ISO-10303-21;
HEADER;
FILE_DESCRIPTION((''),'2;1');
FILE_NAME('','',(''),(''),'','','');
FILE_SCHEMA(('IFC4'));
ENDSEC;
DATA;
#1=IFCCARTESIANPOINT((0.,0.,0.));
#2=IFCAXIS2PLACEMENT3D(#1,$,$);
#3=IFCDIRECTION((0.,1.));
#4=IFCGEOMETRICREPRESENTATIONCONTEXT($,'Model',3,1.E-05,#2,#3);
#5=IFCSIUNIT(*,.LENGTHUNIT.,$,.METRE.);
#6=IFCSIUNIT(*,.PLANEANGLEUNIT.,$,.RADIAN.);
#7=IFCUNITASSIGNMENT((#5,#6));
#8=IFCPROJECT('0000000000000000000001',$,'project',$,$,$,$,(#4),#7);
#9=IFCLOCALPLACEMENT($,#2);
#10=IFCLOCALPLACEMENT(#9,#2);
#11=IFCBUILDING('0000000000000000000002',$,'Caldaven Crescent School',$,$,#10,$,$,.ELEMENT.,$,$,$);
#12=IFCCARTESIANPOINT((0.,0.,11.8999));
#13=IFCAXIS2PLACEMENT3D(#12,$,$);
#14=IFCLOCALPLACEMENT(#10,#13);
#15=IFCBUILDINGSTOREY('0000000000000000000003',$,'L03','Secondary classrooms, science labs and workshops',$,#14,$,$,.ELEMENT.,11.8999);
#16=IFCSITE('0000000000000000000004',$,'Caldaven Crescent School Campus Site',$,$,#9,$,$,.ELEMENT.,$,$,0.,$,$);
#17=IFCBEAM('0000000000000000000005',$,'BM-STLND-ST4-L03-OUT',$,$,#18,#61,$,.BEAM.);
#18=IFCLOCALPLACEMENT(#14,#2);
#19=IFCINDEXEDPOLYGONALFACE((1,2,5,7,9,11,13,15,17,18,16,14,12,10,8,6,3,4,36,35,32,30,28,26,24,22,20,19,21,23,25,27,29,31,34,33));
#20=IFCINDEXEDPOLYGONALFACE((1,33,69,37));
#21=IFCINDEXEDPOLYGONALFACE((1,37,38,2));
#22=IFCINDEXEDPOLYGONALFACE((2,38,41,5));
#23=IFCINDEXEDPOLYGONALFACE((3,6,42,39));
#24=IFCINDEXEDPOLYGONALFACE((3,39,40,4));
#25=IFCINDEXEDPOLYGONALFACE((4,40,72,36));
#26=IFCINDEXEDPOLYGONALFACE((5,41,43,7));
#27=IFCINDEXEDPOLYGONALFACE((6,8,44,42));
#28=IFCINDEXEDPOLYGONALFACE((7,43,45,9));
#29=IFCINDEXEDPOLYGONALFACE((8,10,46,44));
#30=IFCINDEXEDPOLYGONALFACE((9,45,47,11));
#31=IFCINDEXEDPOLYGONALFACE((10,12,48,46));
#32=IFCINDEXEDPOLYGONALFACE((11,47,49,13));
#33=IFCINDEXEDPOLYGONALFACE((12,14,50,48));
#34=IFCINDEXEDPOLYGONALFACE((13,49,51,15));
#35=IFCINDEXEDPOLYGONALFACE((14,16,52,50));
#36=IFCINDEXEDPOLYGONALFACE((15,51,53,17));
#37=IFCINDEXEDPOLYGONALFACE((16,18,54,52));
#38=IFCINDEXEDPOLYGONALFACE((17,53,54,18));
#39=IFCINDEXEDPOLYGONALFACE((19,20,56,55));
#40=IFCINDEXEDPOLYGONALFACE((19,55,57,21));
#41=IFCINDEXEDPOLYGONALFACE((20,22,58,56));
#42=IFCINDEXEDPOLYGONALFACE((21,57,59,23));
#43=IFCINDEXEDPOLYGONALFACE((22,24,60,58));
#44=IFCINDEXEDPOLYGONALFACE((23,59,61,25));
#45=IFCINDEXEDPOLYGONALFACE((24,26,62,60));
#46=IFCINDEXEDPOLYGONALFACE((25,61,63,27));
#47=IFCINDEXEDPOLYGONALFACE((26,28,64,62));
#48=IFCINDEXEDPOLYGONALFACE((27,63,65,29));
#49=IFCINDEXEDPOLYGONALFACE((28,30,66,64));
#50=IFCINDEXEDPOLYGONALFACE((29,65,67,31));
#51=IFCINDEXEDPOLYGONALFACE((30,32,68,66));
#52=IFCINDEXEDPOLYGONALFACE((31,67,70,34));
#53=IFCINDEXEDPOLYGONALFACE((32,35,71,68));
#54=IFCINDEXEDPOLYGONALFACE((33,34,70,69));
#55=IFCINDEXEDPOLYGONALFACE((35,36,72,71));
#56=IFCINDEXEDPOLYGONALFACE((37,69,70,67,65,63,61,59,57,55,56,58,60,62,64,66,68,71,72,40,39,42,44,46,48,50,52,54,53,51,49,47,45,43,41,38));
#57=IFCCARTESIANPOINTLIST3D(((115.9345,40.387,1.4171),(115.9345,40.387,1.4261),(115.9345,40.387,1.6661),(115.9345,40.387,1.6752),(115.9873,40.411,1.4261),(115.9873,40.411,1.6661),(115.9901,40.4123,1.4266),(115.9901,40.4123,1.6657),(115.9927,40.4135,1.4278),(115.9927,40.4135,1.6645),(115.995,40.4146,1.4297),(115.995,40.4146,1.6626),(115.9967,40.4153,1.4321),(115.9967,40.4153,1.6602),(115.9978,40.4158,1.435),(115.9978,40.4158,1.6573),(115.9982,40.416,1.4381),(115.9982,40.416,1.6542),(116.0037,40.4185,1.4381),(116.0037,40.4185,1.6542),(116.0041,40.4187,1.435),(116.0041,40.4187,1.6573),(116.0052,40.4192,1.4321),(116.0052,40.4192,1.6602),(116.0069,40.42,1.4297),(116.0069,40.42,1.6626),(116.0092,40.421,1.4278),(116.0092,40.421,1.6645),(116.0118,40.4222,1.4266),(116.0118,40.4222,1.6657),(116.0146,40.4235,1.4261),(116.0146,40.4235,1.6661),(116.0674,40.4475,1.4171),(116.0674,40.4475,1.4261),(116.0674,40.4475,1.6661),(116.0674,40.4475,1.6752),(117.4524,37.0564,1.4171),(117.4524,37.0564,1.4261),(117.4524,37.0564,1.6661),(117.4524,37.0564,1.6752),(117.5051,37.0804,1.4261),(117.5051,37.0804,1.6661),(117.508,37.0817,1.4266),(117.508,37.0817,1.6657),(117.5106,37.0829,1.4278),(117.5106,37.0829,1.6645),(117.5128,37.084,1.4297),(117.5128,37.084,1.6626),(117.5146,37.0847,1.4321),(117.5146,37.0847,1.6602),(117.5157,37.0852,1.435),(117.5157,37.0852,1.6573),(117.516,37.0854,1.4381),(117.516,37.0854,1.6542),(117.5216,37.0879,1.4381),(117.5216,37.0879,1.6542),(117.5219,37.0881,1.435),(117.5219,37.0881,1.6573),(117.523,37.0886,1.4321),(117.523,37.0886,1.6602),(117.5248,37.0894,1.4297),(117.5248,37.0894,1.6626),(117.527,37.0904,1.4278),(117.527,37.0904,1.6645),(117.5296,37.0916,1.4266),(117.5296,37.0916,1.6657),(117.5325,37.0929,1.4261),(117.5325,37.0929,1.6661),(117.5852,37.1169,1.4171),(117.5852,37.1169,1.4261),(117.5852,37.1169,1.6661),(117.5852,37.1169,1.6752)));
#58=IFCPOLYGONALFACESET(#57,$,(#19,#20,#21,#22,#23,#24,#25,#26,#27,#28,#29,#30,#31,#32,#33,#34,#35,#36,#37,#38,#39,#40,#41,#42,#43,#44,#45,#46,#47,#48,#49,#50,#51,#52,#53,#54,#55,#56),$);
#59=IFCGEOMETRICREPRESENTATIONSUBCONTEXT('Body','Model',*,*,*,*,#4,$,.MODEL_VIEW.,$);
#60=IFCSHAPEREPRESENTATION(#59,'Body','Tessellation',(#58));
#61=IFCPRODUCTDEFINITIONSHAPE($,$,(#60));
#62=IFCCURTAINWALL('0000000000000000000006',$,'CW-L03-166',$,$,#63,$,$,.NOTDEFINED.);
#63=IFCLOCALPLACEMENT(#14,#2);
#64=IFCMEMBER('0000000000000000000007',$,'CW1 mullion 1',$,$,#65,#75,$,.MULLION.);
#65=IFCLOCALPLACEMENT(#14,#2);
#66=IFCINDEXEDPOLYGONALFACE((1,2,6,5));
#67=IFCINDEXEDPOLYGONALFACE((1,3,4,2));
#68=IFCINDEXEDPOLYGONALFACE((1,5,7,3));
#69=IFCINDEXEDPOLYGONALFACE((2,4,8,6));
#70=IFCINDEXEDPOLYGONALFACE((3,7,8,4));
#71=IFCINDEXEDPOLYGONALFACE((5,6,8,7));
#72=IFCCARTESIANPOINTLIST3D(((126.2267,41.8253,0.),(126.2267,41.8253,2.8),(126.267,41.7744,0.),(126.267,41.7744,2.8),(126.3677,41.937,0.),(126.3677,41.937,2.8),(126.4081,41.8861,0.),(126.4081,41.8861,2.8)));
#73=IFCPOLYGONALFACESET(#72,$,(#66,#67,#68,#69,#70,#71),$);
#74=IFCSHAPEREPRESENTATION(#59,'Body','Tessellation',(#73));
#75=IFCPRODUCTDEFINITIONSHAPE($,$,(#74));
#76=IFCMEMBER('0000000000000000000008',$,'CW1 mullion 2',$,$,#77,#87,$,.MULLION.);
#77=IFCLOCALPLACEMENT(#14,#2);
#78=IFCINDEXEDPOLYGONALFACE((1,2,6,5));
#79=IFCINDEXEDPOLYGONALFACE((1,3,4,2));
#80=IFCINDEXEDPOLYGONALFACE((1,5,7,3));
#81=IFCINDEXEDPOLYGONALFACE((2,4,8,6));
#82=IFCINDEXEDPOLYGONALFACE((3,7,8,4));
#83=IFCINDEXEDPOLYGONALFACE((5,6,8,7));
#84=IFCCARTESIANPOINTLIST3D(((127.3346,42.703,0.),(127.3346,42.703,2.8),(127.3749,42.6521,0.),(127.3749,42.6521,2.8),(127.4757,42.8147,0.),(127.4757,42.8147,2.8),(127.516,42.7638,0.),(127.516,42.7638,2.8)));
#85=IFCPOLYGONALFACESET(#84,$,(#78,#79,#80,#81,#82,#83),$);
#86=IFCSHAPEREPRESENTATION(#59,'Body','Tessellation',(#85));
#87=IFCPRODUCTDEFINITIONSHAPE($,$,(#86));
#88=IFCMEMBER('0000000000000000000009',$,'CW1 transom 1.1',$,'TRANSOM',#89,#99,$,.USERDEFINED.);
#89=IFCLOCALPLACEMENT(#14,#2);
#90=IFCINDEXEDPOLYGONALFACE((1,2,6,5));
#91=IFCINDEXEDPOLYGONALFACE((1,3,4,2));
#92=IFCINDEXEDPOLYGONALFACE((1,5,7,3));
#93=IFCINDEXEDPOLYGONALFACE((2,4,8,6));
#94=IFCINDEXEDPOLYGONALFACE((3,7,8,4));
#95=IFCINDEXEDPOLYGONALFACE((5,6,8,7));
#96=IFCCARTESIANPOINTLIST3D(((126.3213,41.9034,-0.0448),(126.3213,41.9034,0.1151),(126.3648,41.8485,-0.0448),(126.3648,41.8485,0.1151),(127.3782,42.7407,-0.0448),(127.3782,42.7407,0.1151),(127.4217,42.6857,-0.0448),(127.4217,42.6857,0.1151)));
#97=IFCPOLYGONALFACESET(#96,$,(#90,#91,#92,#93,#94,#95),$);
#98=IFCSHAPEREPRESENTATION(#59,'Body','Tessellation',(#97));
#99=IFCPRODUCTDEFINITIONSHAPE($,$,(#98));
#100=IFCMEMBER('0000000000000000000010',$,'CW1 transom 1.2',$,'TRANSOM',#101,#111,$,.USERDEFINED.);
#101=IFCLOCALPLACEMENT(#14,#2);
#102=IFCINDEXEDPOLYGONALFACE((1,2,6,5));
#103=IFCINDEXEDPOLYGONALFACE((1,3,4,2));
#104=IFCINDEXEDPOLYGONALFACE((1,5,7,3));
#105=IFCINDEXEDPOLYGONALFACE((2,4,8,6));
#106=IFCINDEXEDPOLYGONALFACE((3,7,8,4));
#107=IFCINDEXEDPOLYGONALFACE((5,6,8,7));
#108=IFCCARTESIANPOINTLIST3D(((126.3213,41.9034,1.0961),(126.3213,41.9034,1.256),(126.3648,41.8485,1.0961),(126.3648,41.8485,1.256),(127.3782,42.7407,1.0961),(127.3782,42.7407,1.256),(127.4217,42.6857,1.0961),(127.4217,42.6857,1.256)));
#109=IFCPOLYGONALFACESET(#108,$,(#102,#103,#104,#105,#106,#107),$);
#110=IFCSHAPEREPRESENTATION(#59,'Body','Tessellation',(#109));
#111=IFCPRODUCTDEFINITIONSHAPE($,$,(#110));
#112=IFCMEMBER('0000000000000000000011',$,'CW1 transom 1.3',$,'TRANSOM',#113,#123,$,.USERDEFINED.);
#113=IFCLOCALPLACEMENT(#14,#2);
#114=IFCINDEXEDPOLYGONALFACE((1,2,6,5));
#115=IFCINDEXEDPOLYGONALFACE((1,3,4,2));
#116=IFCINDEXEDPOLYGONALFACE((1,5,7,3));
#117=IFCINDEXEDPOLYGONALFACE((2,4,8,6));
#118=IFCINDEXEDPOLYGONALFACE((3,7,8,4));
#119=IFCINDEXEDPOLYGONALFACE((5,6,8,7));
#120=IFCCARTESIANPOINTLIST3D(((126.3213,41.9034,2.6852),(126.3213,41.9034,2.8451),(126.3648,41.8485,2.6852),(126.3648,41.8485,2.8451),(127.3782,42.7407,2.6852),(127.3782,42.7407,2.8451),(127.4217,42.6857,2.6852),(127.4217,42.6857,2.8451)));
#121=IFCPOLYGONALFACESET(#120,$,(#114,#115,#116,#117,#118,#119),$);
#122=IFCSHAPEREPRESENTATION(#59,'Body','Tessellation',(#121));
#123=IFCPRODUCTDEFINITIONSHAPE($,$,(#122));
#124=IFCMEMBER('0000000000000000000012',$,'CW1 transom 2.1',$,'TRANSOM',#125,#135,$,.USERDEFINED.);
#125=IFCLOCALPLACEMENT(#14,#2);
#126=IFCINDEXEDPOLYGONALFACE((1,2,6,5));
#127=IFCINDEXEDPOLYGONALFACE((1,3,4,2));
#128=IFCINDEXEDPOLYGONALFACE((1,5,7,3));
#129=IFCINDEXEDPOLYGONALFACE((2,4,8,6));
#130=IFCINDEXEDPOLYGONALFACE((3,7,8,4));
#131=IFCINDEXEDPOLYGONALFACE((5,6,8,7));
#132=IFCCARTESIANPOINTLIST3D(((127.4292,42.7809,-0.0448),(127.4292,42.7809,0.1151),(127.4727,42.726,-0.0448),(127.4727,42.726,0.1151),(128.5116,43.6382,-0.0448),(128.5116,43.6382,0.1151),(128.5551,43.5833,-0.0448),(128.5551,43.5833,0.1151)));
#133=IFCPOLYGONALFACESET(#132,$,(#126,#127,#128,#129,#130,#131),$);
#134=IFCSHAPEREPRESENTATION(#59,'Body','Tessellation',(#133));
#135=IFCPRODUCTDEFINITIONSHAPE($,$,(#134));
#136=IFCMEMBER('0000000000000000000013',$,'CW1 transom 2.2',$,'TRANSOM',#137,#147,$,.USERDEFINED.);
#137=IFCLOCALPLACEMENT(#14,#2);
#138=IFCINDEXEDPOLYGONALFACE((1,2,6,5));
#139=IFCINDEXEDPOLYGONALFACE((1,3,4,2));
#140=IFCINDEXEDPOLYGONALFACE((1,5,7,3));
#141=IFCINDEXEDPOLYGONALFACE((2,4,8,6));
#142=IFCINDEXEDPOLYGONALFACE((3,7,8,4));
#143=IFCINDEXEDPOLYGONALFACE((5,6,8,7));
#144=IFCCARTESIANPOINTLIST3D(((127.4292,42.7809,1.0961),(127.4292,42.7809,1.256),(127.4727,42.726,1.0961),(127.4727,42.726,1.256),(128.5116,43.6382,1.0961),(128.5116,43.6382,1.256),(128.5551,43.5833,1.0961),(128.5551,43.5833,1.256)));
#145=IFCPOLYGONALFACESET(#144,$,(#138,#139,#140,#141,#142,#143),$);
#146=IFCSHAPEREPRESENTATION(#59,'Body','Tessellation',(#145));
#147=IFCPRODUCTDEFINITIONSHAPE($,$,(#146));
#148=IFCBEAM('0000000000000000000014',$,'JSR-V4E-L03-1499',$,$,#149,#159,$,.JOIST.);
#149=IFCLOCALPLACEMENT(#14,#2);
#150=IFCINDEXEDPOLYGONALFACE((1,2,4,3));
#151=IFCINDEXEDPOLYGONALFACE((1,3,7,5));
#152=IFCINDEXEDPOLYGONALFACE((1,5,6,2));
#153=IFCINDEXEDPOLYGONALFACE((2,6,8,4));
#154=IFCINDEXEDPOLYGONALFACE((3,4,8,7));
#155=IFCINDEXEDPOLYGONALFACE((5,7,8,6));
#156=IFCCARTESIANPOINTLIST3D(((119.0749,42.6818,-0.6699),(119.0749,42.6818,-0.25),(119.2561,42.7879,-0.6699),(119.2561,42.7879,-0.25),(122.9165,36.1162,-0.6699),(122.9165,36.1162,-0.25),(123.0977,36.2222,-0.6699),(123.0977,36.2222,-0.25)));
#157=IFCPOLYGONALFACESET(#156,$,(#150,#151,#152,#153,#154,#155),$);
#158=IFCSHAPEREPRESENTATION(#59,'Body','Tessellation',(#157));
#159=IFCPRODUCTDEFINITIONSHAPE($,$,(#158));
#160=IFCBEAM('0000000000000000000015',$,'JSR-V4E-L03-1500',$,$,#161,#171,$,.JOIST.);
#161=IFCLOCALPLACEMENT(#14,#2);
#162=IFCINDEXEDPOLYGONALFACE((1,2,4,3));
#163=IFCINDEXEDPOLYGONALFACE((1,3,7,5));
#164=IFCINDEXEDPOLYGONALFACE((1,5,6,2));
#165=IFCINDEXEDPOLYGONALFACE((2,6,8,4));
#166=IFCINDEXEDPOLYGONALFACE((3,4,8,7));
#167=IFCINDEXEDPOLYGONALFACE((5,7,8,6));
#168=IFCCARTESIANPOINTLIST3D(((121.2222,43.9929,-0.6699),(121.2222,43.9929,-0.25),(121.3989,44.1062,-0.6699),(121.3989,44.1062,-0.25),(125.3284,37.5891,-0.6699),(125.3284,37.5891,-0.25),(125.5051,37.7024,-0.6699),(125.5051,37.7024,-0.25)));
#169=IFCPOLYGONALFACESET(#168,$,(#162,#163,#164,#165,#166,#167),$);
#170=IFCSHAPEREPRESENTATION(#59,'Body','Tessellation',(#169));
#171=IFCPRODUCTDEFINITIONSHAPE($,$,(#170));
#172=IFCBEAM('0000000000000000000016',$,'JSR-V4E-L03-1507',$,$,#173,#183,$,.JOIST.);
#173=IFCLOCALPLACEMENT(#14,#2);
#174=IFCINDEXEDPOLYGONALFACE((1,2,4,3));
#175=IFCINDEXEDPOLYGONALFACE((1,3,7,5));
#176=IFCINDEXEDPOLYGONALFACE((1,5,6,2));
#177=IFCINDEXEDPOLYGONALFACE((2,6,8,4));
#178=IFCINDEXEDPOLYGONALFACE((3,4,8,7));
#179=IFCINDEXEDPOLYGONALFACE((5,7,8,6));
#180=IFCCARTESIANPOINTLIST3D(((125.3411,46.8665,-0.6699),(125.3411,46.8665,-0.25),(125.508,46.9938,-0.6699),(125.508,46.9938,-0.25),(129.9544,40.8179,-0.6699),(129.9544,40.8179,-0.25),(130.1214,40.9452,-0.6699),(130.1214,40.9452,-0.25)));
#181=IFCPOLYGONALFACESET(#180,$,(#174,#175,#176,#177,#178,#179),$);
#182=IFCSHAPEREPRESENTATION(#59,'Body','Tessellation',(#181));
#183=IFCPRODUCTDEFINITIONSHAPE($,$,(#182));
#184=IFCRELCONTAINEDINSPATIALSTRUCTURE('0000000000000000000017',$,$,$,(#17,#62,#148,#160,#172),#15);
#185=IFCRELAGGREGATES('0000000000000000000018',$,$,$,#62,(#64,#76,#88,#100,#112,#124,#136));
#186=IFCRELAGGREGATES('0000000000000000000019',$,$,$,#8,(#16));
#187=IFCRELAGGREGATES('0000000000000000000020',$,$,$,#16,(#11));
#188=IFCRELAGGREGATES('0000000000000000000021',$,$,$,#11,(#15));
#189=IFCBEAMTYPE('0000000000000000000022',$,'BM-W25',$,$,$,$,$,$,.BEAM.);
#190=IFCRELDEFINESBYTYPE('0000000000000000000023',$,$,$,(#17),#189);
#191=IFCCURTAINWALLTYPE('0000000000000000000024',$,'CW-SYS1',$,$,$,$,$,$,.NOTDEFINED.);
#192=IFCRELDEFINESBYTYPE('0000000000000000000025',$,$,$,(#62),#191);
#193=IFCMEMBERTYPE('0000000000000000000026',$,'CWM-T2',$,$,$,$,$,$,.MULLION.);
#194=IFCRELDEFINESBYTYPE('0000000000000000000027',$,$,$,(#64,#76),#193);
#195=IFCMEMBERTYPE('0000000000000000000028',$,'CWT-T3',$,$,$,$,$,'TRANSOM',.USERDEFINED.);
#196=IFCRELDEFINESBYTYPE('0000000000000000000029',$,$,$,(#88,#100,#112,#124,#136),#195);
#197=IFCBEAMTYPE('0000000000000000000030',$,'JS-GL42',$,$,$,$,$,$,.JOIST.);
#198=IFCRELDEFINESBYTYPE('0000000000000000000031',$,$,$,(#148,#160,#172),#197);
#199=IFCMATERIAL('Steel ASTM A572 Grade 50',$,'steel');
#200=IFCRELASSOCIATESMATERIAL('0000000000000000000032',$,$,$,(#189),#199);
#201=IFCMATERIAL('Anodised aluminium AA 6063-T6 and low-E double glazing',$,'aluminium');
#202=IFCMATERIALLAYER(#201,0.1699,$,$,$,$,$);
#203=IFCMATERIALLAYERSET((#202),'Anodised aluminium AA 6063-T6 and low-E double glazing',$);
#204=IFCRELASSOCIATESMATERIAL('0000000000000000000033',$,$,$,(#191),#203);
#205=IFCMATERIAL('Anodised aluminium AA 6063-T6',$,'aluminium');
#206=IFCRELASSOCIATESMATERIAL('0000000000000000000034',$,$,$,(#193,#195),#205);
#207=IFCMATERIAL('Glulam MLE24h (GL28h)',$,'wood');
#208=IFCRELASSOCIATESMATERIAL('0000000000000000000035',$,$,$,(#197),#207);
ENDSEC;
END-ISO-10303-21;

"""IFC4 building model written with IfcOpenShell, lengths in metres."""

from ifc_helpers import new_model, si_unit, direction, frame, origin, origin_2d, place, context, subcontext, project, spatial, rectangle, i_section, extrude, material, layer, layer_set, material_profile, profile_set, type_object, element, aggregate, save


model = new_model("IFC4")

# Units and contexts
model_context = context("Model", 3, precision=1e-05, world=origin(), true_north=direction((0.0, 1.0)))
body_context = subcontext(model_context, "Body", "Model", "MODEL_VIEW")
ifc_project = project(units=[si_unit("LENGTHUNIT", "METRE"), si_unit("PLANEANGLEUNIT", "RADIAN")], contexts=[model_context])

# Site, building, storey
site_placement = place(None, origin())
site = spatial("IfcSite", under=ifc_project, at=site_placement, Name="Caldaven Crescent School Campus Site", CompositionType="ELEMENT", RefElevation=0.0)
building_placement = place(site_placement, origin())
building = spatial("IfcBuilding", under=site, at=building_placement, Name="Caldaven Crescent School", CompositionType="ELEMENT")
storey_placement = place(building_placement, frame((0.0, 0.0, 11.8999)))
storey = spatial("IfcBuildingStorey", under=building, at=storey_placement, Name="L03", Description="Secondary classrooms, science labs and workshops", CompositionType="ELEMENT", Elevation=11.8999)

# Shared definitions
ifc_material_1 = material(Name="Glulam MLE24h (GL28h)", Category="wood")
ifc_material_2 = material(Name="Steel ASTM A572 Grade 50", Category="steel")

# Beam
ifc_material_profile_1 = material_profile(ifc_material_2, i_section(OverallWidth=0.146, OverallDepth=0.2581, WebThickness=0.0061, FlangeThickness=0.009, FilletRadius=0.012, at=origin_2d()), Name="W250x33")
ifc_profile_set_1 = profile_set([ifc_material_profile_1], Name="Steel ASTM A572 Grade 50")
beam_type_1 = type_object("IfcBeamType", Name="BM-W25", PredefinedType="BEAM", material=ifc_profile_set_1)
beam_1_placement = place(storey_placement, frame((117.5188, 37.0867, 1.5461), z_axis=(-0.414692, 0.909962, 0.0), x_axis=(-0.909962, -0.414692, 0.0)))
element("IfcBeam", 1, at=beam_1_placement, inside=storey, type_object=beam_type_1, Name="BM-STLND-ST4-L03-OUT", PredefinedType="BEAM", context=body_context, shape_type="SweptSolid", body=[
    extrude(i_section(OverallWidth=0.146, OverallDepth=0.2581, WebThickness=0.0061, FlangeThickness=0.009, FilletRadius=0.012, at=origin_2d()), origin(), (0.0, 0.0, 1.0), 3.6602),
])

# Curtain wall, members
ifc_material_3 = material(Name="Anodised aluminium AA 6063-T6 and low-E double glazing", Category="aluminium")
ifc_layer_1 = layer(ifc_material_3, 0.1699)
ifc_layer_set_1 = layer_set([ifc_layer_1], Name="Anodised aluminium AA 6063-T6 and low-E double glazing")
curtain_wall_type = type_object("IfcCurtainWallType", Name="CW-SYS1", PredefinedType="NOTDEFINED", material=ifc_layer_set_1)
curtain_wall_placement = place(storey_placement, origin())
curtain_wall = element("IfcCurtainWall", 2, at=curtain_wall_placement, inside=storey, type_object=curtain_wall_type, Name="CW-L03-166", PredefinedType="NOTDEFINED")
ifc_material_4 = material(Name="Anodised aluminium AA 6063-T6", Category="aluminium")
ifc_material_profile_2 = material_profile(ifc_material_4, rectangle(XDim=0.0649, YDim=0.1799, at=origin_2d()), Name="CWM 65x180")
ifc_profile_set_2 = profile_set([ifc_material_profile_2], Name="Anodised aluminium AA 6063-T6")
member_type_1 = type_object("IfcMemberType", Name="CWM-T2", PredefinedType="MULLION", material=ifc_profile_set_2)
member_1_placement = place(storey_placement, frame((126.3174, 41.8557, 0.0), z_axis=(0.0, 0.0, 1.0), x_axis=(-0.62091, 0.783882, 0.0)))
member_1 = element("IfcMember", 3, at=member_1_placement, type_object=member_type_1, Name="CW1 mullion 1", PredefinedType="MULLION", context=body_context, shape_type="SweptSolid", body=[
    extrude(rectangle(XDim=0.0649, YDim=0.1799, at=origin_2d()), origin(), (0.0, 0.0, 1.0), 2.8),
])
member_2_placement = place(storey_placement, frame((127.4253, 42.7334, 0.0), z_axis=(0.0, 0.0, 1.0), x_axis=(-0.62091, 0.783882, 0.0)))
member_2 = element("IfcMember", 4, at=member_2_placement, type_object=member_type_1, Name="CW1 mullion 2", PredefinedType="MULLION", context=body_context, shape_type="SweptSolid", body=[
    extrude(rectangle(XDim=0.0649, YDim=0.1799, at=origin_2d()), origin(), (0.0, 0.0, 1.0), 2.8),
])
ifc_material_profile_3 = material_profile(ifc_material_4, rectangle(XDim=0.0701, YDim=0.1599, at=origin_2d()), Name="CWT 70x160")
ifc_profile_set_3 = profile_set([ifc_material_profile_3], Name="Anodised aluminium AA 6063-T6")
member_type_2 = type_object("IfcMemberType", Name="CWT-T3", ElementType="TRANSOM", PredefinedType="USERDEFINED", material=ifc_profile_set_3)
member_3_placement = place(storey_placement, frame((126.343, 41.876, 0.0352), z_axis=(0.783881, 0.620912, 0.0), x_axis=(-0.620912, 0.783881, 0.0)))
member_3 = element("IfcMember", 5, at=member_3_placement, type_object=member_type_2, Name="CW1 transom 1.1", ObjectType="TRANSOM", PredefinedType="USERDEFINED", context=body_context, shape_type="SweptSolid", body=[
    extrude(rectangle(XDim=0.0701, YDim=0.1599, at=origin_2d()), origin(), (0.0, 0.0, 1.0), 1.3484),
])
member_4_placement = place(storey_placement, frame((126.343, 41.876, 1.176), z_axis=(0.783881, 0.620912, 0.0), x_axis=(-0.620912, 0.783881, 0.0)))
member_4 = element("IfcMember", 6, at=member_4_placement, type_object=member_type_2, Name="CW1 transom 1.2", ObjectType="TRANSOM", PredefinedType="USERDEFINED", context=body_context, shape_type="SweptSolid", body=[
    extrude(rectangle(XDim=0.0701, YDim=0.1599, at=origin_2d()), origin(), (0.0, 0.0, 1.0), 1.3484),
])
member_5_placement = place(storey_placement, frame((126.343, 41.876, 2.7651), z_axis=(0.783881, 0.620912, 0.0), x_axis=(-0.620912, 0.783881, 0.0)))
member_5 = element("IfcMember", 7, at=member_5_placement, type_object=member_type_2, Name="CW1 transom 1.3", ObjectType="TRANSOM", PredefinedType="USERDEFINED", context=body_context, shape_type="SweptSolid", body=[
    extrude(rectangle(XDim=0.0701, YDim=0.1599, at=origin_2d()), origin(), (0.0, 0.0, 1.0), 1.3484),
])
member_6_placement = place(storey_placement, frame((127.4509, 42.7534, 0.0352), z_axis=(0.783895, 0.620893, 0.0), x_axis=(-0.620893, 0.783895, 0.0)))
member_6 = element("IfcMember", 8, at=member_6_placement, type_object=member_type_2, Name="CW1 transom 2.1", ObjectType="TRANSOM", PredefinedType="USERDEFINED", context=body_context, shape_type="SweptSolid", body=[
    extrude(rectangle(XDim=0.0701, YDim=0.1599, at=origin_2d()), origin(), (0.0, 0.0, 1.0), 1.3809),
])
member_7_placement = place(storey_placement, frame((127.4509, 42.7534, 1.176), z_axis=(0.783895, 0.620893, 0.0), x_axis=(-0.620893, 0.783895, 0.0)))
member_7 = element("IfcMember", 9, at=member_7_placement, type_object=member_type_2, Name="CW1 transom 2.2", ObjectType="TRANSOM", PredefinedType="USERDEFINED", context=body_context, shape_type="SweptSolid", body=[
    extrude(rectangle(XDim=0.0701, YDim=0.1599, at=origin_2d()), origin(), (0.0, 0.0, 1.0), 1.3809),
])

# Beams
ifc_material_profile_4 = material_profile(ifc_material_1, rectangle(XDim=0.21, YDim=0.4199, at=origin_2d()), Name="MLE 210x420")
ifc_profile_set_4 = profile_set([ifc_material_profile_4], Name="Glulam MLE24h (GL28h)")
beam_type_2 = type_object("IfcBeamType", Name="JS-GL42", PredefinedType="JOIST", material=ifc_profile_set_4)
beam_2_placement = place(storey_placement, frame((119.1655, 42.7349, -0.46), z_axis=(0.505006, -0.863116, 0.0), x_axis=(0.863116, 0.505006, 0.0)))
element("IfcBeam", 10, at=beam_2_placement, inside=storey, type_object=beam_type_2, Name="JSR-V4E-L03-1499", PredefinedType="JOIST", context=body_context, shape_type="SweptSolid", body=[
    extrude(rectangle(XDim=0.21, YDim=0.4199, at=origin_2d()), origin(), (0.0, 0.0, 1.0), 7.6069),
])
for number, where, z_axis, x_axis, name in (
    (11, (121.3105, 44.0496, -0.46), (0.539778, -0.841808, 0.0), (0.841808, 0.539778, 0.0), "JSR-V4E-L03-1500"),
    (12, (125.4246, 46.9302, -0.46), (0.606445, -0.795125, 0.0), (0.795125, 0.606445, 0.0), "JSR-V4E-L03-1507"),
):
    element("IfcBeam", number, at=place(storey_placement, frame(where, z_axis=z_axis, x_axis=x_axis)), inside=storey, type_object=beam_type_2, Name=name, PredefinedType="JOIST", context=body_context, shape_type="SweptSolid", body=[
        extrude(rectangle(XDim=0.21, YDim=0.4199, at=origin_2d()), origin(), (0.0, 0.0, 1.0), 7.6072),
    ])

aggregate(curtain_wall, [member_1, member_2, member_3, member_4, member_5, member_6, member_7])

save(model, "model.ifc")
